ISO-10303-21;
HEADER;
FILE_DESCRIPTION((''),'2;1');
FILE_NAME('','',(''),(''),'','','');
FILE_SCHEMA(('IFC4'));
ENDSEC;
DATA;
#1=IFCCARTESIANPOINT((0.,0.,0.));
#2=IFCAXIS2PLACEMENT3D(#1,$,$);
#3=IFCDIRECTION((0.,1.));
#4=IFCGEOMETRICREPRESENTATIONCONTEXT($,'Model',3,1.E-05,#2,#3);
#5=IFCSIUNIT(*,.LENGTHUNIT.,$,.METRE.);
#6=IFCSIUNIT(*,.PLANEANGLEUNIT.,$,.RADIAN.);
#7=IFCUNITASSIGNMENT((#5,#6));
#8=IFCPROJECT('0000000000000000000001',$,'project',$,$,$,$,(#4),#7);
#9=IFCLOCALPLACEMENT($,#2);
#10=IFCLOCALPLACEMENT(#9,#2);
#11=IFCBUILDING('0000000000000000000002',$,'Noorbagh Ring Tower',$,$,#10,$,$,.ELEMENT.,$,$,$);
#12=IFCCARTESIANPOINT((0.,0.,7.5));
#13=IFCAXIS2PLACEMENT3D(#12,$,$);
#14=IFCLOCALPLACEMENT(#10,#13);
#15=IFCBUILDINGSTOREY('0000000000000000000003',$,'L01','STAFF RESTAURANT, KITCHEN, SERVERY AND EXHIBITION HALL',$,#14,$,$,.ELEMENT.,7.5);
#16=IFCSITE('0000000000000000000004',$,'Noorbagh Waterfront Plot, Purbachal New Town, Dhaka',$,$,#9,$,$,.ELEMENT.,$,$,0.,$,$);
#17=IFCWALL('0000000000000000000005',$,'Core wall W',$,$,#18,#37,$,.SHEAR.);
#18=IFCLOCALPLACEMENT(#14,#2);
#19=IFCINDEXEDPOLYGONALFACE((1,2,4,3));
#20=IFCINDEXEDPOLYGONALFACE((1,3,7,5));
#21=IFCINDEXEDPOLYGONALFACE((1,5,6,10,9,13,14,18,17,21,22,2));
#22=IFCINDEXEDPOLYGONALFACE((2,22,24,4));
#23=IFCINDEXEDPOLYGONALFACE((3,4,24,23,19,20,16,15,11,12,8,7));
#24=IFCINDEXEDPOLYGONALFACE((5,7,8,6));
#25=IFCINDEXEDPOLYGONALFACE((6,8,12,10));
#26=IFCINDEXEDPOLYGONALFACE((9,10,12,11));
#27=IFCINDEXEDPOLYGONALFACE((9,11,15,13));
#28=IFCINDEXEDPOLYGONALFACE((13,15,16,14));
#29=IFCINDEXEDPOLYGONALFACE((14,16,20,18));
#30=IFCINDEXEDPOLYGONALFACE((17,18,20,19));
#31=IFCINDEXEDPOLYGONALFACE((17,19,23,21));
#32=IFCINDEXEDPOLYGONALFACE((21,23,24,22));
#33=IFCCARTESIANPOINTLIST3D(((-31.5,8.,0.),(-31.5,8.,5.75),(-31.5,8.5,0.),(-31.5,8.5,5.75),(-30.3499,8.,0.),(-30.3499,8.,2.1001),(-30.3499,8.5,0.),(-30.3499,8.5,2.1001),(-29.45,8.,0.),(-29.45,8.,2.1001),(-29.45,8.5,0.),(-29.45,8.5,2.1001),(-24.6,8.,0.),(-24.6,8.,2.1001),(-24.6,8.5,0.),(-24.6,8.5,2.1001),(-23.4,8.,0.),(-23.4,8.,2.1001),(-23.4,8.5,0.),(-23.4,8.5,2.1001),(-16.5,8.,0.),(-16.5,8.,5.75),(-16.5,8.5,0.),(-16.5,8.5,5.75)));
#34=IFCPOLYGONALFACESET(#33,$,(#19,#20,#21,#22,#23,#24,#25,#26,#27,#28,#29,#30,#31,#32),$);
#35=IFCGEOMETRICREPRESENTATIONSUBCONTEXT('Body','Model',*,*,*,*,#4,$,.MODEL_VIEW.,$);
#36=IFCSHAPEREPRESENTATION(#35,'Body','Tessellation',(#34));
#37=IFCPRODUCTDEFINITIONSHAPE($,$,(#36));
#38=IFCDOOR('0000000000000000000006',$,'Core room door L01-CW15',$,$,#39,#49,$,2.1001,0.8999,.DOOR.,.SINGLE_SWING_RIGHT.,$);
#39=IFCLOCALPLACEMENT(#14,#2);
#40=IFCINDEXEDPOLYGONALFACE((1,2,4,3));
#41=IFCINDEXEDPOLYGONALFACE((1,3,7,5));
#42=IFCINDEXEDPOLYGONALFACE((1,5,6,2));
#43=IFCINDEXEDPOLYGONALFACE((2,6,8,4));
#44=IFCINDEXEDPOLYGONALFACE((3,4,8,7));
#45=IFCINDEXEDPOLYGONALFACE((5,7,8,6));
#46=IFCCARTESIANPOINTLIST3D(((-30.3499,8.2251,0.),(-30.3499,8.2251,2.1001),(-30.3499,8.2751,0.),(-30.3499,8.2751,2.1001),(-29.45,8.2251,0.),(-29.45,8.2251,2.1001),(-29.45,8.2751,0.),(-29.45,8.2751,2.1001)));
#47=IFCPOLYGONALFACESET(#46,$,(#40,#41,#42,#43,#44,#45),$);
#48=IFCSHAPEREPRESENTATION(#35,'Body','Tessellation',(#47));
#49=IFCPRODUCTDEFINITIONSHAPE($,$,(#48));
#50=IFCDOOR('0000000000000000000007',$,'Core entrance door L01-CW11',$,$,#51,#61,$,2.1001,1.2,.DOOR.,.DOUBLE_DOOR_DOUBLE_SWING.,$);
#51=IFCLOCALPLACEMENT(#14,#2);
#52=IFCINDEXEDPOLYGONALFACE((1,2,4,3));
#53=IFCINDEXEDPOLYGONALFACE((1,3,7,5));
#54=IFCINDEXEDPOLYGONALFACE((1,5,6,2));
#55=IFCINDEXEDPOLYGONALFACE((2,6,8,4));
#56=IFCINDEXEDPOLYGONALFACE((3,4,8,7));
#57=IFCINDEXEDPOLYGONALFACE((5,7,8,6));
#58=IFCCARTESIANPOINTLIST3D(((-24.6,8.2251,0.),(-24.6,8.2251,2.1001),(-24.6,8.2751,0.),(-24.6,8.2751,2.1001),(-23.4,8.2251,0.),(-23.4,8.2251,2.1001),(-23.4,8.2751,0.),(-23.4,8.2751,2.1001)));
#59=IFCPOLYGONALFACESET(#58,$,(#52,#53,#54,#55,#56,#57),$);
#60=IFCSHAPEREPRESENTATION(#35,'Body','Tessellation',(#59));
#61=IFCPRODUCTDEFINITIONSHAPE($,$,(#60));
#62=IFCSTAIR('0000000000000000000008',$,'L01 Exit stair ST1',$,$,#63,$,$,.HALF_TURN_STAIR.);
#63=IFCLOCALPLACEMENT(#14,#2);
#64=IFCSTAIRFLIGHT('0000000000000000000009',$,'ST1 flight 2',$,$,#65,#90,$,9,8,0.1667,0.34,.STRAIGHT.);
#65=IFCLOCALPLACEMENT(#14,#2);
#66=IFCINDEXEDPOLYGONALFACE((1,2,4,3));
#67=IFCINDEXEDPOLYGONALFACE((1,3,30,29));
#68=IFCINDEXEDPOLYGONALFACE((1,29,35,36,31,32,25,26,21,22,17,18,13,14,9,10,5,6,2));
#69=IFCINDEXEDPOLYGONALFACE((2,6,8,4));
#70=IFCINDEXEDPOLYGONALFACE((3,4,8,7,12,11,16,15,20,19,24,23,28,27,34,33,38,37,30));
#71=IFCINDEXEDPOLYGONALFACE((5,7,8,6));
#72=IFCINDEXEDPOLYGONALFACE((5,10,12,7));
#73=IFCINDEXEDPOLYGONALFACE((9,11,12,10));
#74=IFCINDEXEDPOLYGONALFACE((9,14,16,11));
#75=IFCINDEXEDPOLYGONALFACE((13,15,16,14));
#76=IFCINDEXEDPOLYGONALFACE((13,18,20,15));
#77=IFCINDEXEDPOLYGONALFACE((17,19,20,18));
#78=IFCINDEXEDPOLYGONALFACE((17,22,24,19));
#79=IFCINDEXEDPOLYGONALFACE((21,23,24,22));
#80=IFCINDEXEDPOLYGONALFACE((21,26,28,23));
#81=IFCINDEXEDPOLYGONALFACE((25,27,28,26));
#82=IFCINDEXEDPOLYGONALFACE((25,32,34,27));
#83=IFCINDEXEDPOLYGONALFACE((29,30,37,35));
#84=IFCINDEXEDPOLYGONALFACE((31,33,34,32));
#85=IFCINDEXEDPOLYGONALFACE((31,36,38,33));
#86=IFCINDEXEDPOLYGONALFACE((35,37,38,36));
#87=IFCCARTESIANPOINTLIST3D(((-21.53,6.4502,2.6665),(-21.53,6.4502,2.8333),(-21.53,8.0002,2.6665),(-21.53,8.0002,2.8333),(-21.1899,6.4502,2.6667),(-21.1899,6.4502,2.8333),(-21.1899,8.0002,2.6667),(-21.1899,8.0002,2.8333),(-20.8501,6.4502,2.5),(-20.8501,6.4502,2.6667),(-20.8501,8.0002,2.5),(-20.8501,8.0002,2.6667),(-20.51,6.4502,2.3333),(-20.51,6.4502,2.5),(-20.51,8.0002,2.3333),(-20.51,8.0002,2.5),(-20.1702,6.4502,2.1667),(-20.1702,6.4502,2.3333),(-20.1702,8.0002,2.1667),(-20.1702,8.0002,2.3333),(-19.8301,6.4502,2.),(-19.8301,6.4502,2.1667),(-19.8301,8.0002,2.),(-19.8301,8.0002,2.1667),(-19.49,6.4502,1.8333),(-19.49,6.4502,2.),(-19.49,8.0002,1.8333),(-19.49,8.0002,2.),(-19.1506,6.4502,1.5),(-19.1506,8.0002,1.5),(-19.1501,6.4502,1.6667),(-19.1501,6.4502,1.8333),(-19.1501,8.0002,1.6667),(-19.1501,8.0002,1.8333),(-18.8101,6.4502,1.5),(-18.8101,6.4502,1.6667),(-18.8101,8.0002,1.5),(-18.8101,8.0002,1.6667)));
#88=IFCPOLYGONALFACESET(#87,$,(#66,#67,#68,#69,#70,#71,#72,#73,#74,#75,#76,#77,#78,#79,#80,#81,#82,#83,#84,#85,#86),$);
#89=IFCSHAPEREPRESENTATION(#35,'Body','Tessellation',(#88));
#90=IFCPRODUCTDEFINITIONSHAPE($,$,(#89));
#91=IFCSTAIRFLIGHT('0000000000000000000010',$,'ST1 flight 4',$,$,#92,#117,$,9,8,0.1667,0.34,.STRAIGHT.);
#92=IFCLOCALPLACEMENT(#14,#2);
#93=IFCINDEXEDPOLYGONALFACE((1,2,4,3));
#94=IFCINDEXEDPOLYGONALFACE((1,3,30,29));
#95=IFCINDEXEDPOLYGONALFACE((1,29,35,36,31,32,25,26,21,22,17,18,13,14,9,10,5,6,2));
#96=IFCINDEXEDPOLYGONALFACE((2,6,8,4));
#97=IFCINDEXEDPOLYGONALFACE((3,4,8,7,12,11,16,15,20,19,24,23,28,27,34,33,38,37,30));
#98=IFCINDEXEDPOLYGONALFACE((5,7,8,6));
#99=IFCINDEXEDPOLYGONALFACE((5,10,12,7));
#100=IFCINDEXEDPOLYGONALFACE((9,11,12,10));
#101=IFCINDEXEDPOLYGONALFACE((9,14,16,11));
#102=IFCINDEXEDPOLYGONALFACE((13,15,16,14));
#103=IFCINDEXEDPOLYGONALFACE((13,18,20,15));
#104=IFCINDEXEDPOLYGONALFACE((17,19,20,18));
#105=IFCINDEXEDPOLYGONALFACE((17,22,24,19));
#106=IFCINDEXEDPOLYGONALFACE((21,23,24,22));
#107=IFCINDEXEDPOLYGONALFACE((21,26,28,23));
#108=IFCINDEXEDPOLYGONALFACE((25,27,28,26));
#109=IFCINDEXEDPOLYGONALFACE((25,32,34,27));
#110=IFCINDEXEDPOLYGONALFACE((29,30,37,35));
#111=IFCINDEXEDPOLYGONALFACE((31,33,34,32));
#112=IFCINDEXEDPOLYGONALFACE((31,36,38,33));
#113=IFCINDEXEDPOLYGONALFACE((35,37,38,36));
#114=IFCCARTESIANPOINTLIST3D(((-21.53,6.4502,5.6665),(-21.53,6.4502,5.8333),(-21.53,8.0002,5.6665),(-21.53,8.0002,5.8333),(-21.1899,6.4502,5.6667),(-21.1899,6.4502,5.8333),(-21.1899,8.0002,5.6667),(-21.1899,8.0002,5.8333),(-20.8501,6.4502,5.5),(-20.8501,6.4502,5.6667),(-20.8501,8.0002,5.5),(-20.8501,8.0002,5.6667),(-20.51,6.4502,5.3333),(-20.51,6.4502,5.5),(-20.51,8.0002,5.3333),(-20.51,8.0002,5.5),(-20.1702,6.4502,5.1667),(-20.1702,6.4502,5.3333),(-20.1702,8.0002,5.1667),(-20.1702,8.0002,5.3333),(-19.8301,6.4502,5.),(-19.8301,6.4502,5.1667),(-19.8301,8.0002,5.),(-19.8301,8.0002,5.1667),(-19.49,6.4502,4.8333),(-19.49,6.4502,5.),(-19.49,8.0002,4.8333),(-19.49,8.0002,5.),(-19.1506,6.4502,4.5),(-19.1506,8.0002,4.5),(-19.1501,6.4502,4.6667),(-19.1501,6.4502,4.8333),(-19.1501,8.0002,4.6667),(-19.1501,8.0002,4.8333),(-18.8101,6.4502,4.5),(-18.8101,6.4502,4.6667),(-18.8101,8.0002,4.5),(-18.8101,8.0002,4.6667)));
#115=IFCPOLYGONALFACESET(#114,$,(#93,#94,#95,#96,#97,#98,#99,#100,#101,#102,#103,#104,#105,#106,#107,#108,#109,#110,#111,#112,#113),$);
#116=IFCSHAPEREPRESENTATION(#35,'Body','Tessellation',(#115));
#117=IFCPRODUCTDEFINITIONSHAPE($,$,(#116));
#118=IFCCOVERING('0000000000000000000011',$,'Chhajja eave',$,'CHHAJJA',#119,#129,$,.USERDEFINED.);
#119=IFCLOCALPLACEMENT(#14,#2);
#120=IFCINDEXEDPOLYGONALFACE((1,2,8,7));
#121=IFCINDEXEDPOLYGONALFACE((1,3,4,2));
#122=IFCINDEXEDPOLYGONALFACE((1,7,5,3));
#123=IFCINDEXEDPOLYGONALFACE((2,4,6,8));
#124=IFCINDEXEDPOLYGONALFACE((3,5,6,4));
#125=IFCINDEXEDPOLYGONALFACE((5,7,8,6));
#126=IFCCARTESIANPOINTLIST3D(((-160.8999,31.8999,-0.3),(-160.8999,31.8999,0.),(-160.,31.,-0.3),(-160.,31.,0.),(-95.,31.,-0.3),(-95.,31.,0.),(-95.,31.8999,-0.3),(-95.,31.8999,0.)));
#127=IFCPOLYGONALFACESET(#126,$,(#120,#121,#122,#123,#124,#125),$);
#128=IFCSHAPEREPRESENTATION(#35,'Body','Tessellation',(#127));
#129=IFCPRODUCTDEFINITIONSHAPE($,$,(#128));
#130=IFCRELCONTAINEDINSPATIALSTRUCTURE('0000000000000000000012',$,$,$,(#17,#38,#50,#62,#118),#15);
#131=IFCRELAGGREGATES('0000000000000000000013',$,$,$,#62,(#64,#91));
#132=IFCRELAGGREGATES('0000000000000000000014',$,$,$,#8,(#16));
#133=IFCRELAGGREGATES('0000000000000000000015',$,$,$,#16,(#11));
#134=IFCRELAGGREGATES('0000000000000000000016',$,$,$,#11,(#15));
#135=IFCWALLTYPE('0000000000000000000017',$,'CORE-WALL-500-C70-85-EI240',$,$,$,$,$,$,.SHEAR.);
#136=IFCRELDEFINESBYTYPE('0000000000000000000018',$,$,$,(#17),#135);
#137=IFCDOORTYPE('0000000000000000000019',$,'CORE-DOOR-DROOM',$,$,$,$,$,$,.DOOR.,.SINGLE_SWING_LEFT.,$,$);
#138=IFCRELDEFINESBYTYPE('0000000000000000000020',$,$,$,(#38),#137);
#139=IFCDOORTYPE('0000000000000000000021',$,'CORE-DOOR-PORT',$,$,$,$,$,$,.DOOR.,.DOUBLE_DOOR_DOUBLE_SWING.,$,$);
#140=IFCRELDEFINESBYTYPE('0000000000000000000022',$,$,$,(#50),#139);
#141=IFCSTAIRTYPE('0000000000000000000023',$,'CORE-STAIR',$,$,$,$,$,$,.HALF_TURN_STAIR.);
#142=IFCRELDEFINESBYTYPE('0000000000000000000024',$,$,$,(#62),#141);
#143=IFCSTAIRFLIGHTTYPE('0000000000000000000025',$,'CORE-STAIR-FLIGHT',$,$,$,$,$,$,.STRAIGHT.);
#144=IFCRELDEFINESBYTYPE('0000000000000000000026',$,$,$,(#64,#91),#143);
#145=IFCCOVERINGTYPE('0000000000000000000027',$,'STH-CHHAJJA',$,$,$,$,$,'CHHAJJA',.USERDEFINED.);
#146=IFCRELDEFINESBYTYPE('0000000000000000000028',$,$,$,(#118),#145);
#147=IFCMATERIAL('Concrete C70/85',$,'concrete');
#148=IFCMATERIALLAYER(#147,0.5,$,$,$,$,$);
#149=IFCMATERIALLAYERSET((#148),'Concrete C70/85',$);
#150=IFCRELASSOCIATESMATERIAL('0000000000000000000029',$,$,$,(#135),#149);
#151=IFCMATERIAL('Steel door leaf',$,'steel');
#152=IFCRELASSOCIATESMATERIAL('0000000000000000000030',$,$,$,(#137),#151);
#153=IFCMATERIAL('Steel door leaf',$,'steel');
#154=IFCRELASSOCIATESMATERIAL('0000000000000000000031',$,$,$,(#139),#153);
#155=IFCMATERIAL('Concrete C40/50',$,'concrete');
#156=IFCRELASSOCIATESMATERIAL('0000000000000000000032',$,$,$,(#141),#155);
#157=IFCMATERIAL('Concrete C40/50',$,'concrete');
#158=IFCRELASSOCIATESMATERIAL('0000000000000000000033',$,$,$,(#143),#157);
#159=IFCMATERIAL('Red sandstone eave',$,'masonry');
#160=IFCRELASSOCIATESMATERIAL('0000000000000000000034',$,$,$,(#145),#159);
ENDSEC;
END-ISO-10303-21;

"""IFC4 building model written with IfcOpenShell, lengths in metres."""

from ifc_helpers import new_model, si_unit, direction, frame, frame_2d, origin, place, context, subcontext, project, spatial, polyline, rectangle, outline, extrude, material, layer, layer_set, type_object, element, fill, aggregate, save


model = new_model("IFC4")

# Units and contexts
model_context = context("Model", 3, precision=1e-05, world=origin(), true_north=direction((0.0, 1.0)))
body_context = subcontext(model_context, "Body", "Model", "MODEL_VIEW")
ifc_project = project(units=[si_unit("LENGTHUNIT", "METRE"), si_unit("PLANEANGLEUNIT", "RADIAN")], contexts=[model_context])

# Site, building, storey
site_placement = place(None, origin())
site = spatial("IfcSite", under=ifc_project, at=site_placement, Name="Noorbagh Waterfront Plot, Purbachal New Town, Dhaka", CompositionType="ELEMENT", RefElevation=0.0)
building_placement = place(site_placement, origin())
building = spatial("IfcBuilding", under=site, at=building_placement, Name="Noorbagh Ring Tower", CompositionType="ELEMENT")
storey_placement = place(building_placement, frame((0.0, 0.0, 7.5)))
storey = spatial("IfcBuildingStorey", under=building, at=storey_placement, Name="L01", Description="STAFF RESTAURANT, KITCHEN, SERVERY AND EXHIBITION HALL", CompositionType="ELEMENT", Elevation=7.5)

# Wall, openings, doors
ifc_material_1 = material(Name="Concrete C70/85", Category="concrete")
ifc_layer_1 = layer(ifc_material_1, 0.5)
ifc_layer_set_1 = layer_set([ifc_layer_1], Name="Concrete C70/85")
wall_type_1 = type_object("IfcWallType", Name="CORE-WALL-500-C70-85-EI240", PredefinedType="SHEAR", material=ifc_layer_set_1)
wall_1_placement = place(storey_placement, frame((-16.5, 8.25, 0.0), z_axis=(0.0, 0.0, 1.0), x_axis=(-1.0, 0.0, 0.0)))
wall_1 = element("IfcWall", 1, at=wall_1_placement, inside=storey, type_object=wall_type_1, Name="Core wall W", PredefinedType="SHEAR", context=body_context, shape_type="SweptSolid", body=[
    extrude(rectangle(XDim=15.0, YDim=0.5, at=frame_2d((7.5, 0.0))), origin(), (0.0, 0.0, 1.0), 5.75),
])
opening_1_placement = place(wall_1_placement, frame((6.8999, 0.0, 0.0)))
opening_1 = element("IfcOpeningElement", 2, at=opening_1_placement, cuts=wall_1, PredefinedType="OPENING", context=body_context, shape_type="SweptSolid", body=[
    extrude(rectangle(XDim=1.2, YDim=2.1001, at=frame_2d((0.6001, 1.05))), frame((0.0, 0.26, 0.0), z_axis=(0.0, -1.0, 0.0), x_axis=(1.0, 0.0, 0.0)), (0.0, 0.0, 1.0), 0.52),
])
opening_2_placement = place(wall_1_placement, frame((12.95, 0.0, 0.0)))
opening_2 = element("IfcOpeningElement", 3, at=opening_2_placement, cuts=wall_1, PredefinedType="OPENING", context=body_context, shape_type="SweptSolid", body=[
    extrude(rectangle(XDim=0.8999, YDim=2.1001, at=frame_2d((0.45, 1.05))), frame((0.0, 0.26, 0.0), z_axis=(0.0, -1.0, 0.0), x_axis=(1.0, 0.0, 0.0)), (0.0, 0.0, 1.0), 0.52),
])
ifc_material_2 = material(Name="Steel door leaf", Category="steel")
door_type_1 = type_object("IfcDoorType", Name="CORE-DOOR-DROOM", OperationType="SINGLE_SWING_LEFT", PredefinedType="DOOR", material=ifc_material_2)
door_1_placement = place(opening_2_placement, origin())
door_1 = element("IfcDoor", 4, at=door_1_placement, inside=storey, type_object=door_type_1, Name="Core room door L01-CW15", OperationType="SINGLE_SWING_RIGHT", OverallHeight=2.1001, OverallWidth=0.8999, PredefinedType="DOOR", context=body_context, shape_type="SweptSolid", body=[
    extrude(rectangle(XDim=0.8999, YDim=2.1001, at=frame_2d((0.45, 1.05))), frame((0.0, 0.0249, 0.0), z_axis=(0.0, -1.0, 0.0), x_axis=(1.0, 0.0, 0.0)), (0.0, 0.0, 1.0), 0.05),
])
fill(opening_2, door_1)
ifc_material_3 = material(Name="Steel door leaf", Category="steel")
door_type_2 = type_object("IfcDoorType", Name="CORE-DOOR-PORT", OperationType="DOUBLE_DOOR_DOUBLE_SWING", PredefinedType="DOOR", material=ifc_material_3)
door_2_placement = place(opening_1_placement, origin())
door_2 = element("IfcDoor", 5, at=door_2_placement, inside=storey, type_object=door_type_2, Name="Core entrance door L01-CW11", OperationType="DOUBLE_DOOR_DOUBLE_SWING", OverallHeight=2.1001, OverallWidth=1.2, PredefinedType="DOOR", context=body_context, shape_type="SweptSolid", body=[
    extrude(rectangle(XDim=1.2, YDim=2.1001, at=frame_2d((0.6001, 1.05))), frame((0.0, 0.0249, 0.0), z_axis=(0.0, -1.0, 0.0), x_axis=(1.0, 0.0, 0.0)), (0.0, 0.0, 1.0), 0.05),
])
fill(opening_1, door_2)

# Stair, stair flights
ifc_material_4 = material(Name="Concrete C40/50", Category="concrete")
stair_type = type_object("IfcStairType", Name="CORE-STAIR", PredefinedType="HALF_TURN_STAIR", material=ifc_material_4)
stair_placement = place(storey_placement, origin())
stair = element("IfcStair", 6, at=stair_placement, inside=storey, type_object=stair_type, Name="L01 Exit stair ST1", PredefinedType="HALF_TURN_STAIR")
ifc_material_5 = material(Name="Concrete C40/50", Category="concrete")
stair_flight_type = type_object("IfcStairFlightType", Name="CORE-STAIR-FLIGHT", PredefinedType="STRAIGHT", material=ifc_material_5)
stair_flight_1_placement = place(storey_placement, frame((-18.8101, 7.2251, 1.5), z_axis=(0.0, 0.0, 1.0), x_axis=(-1.0, 0.0, 0.0)))
stair_flight_1 = element("IfcStairFlight", 7, at=stair_flight_1_placement, type_object=stair_flight_type, Name="ST1 flight 2", NumberOfRisers=9, NumberOfTreads=8, PredefinedType="STRAIGHT", RiserHeight=0.1667, TreadLength=0.34, context=body_context, shape_type="SweptSolid", body=[
    extrude(outline(polyline([(0.0, 0.0), (0.0, 0.1667), (0.3401, 0.1667), (0.3401, 0.3333), (0.6799, 0.3333), (0.6799, 0.5), (1.02, 0.5), (1.02, 0.6667), (1.3601, 0.6667), (1.3601, 0.8333), (1.7, 0.8333), (1.7, 1.0), (2.04, 1.0), (2.04, 1.1667), (2.3799, 1.1667), (2.3799, 1.3333), (2.72, 1.3333), (2.72, 1.5), (2.72, 1.1665), (0.3406, 0.0), (0.0, 0.0)])), frame((0.0, 0.7749, 0.0), z_axis=(0.0, -1.0, 0.0), x_axis=(1.0, 0.0, 0.0)), (0.0, 0.0, 1.0), 1.55),
])
stair_flight_2_placement = place(storey_placement, frame((-18.8101, 7.2251, 4.5), z_axis=(0.0, 0.0, 1.0), x_axis=(-1.0, 0.0, 0.0)))
stair_flight_2 = element("IfcStairFlight", 8, at=stair_flight_2_placement, type_object=stair_flight_type, Name="ST1 flight 4", NumberOfRisers=9, NumberOfTreads=8, PredefinedType="STRAIGHT", RiserHeight=0.1667, TreadLength=0.34, context=body_context, shape_type="SweptSolid", body=[
    extrude(outline(polyline([(0.0, 0.0), (0.0, 0.1667), (0.3401, 0.1667), (0.3401, 0.3333), (0.6799, 0.3333), (0.6799, 0.5), (1.02, 0.5), (1.02, 0.6667), (1.3601, 0.6667), (1.3601, 0.8333), (1.7, 0.8333), (1.7, 1.0), (2.04, 1.0), (2.04, 1.1667), (2.3799, 1.1667), (2.3799, 1.3333), (2.72, 1.3333), (2.72, 1.5), (2.72, 1.1665), (0.3406, 0.0), (0.0, 0.0)])), frame((0.0, 0.7749, 0.0), z_axis=(0.0, -1.0, 0.0), x_axis=(1.0, 0.0, 0.0)), (0.0, 0.0, 1.0), 1.55),
])
aggregate(stair, [stair_flight_1, stair_flight_2])

# Covering
ifc_material_6 = material(Name="Red sandstone eave", Category="masonry")
covering_type = type_object("IfcCoveringType", Name="STH-CHHAJJA", ElementType="CHHAJJA", PredefinedType="USERDEFINED", material=ifc_material_6)
covering_placement = place(storey_placement, frame((0.0, 0.0, -0.3)))
element("IfcCovering", 9, at=covering_placement, inside=storey, type_object=covering_type, Name="Chhajja eave", ObjectType="CHHAJJA", PredefinedType="USERDEFINED", context=body_context, shape_type="SweptSolid", body=[
    extrude(outline(polyline([(-160.0, 31.0), (-95.0, 31.0), (-95.0, 31.8999), (-160.8999, 31.8999), (-160.0, 31.0)])), origin(), (0.0, 0.0, 1.0), 0.3),
])

save(model, "model.ifc")
